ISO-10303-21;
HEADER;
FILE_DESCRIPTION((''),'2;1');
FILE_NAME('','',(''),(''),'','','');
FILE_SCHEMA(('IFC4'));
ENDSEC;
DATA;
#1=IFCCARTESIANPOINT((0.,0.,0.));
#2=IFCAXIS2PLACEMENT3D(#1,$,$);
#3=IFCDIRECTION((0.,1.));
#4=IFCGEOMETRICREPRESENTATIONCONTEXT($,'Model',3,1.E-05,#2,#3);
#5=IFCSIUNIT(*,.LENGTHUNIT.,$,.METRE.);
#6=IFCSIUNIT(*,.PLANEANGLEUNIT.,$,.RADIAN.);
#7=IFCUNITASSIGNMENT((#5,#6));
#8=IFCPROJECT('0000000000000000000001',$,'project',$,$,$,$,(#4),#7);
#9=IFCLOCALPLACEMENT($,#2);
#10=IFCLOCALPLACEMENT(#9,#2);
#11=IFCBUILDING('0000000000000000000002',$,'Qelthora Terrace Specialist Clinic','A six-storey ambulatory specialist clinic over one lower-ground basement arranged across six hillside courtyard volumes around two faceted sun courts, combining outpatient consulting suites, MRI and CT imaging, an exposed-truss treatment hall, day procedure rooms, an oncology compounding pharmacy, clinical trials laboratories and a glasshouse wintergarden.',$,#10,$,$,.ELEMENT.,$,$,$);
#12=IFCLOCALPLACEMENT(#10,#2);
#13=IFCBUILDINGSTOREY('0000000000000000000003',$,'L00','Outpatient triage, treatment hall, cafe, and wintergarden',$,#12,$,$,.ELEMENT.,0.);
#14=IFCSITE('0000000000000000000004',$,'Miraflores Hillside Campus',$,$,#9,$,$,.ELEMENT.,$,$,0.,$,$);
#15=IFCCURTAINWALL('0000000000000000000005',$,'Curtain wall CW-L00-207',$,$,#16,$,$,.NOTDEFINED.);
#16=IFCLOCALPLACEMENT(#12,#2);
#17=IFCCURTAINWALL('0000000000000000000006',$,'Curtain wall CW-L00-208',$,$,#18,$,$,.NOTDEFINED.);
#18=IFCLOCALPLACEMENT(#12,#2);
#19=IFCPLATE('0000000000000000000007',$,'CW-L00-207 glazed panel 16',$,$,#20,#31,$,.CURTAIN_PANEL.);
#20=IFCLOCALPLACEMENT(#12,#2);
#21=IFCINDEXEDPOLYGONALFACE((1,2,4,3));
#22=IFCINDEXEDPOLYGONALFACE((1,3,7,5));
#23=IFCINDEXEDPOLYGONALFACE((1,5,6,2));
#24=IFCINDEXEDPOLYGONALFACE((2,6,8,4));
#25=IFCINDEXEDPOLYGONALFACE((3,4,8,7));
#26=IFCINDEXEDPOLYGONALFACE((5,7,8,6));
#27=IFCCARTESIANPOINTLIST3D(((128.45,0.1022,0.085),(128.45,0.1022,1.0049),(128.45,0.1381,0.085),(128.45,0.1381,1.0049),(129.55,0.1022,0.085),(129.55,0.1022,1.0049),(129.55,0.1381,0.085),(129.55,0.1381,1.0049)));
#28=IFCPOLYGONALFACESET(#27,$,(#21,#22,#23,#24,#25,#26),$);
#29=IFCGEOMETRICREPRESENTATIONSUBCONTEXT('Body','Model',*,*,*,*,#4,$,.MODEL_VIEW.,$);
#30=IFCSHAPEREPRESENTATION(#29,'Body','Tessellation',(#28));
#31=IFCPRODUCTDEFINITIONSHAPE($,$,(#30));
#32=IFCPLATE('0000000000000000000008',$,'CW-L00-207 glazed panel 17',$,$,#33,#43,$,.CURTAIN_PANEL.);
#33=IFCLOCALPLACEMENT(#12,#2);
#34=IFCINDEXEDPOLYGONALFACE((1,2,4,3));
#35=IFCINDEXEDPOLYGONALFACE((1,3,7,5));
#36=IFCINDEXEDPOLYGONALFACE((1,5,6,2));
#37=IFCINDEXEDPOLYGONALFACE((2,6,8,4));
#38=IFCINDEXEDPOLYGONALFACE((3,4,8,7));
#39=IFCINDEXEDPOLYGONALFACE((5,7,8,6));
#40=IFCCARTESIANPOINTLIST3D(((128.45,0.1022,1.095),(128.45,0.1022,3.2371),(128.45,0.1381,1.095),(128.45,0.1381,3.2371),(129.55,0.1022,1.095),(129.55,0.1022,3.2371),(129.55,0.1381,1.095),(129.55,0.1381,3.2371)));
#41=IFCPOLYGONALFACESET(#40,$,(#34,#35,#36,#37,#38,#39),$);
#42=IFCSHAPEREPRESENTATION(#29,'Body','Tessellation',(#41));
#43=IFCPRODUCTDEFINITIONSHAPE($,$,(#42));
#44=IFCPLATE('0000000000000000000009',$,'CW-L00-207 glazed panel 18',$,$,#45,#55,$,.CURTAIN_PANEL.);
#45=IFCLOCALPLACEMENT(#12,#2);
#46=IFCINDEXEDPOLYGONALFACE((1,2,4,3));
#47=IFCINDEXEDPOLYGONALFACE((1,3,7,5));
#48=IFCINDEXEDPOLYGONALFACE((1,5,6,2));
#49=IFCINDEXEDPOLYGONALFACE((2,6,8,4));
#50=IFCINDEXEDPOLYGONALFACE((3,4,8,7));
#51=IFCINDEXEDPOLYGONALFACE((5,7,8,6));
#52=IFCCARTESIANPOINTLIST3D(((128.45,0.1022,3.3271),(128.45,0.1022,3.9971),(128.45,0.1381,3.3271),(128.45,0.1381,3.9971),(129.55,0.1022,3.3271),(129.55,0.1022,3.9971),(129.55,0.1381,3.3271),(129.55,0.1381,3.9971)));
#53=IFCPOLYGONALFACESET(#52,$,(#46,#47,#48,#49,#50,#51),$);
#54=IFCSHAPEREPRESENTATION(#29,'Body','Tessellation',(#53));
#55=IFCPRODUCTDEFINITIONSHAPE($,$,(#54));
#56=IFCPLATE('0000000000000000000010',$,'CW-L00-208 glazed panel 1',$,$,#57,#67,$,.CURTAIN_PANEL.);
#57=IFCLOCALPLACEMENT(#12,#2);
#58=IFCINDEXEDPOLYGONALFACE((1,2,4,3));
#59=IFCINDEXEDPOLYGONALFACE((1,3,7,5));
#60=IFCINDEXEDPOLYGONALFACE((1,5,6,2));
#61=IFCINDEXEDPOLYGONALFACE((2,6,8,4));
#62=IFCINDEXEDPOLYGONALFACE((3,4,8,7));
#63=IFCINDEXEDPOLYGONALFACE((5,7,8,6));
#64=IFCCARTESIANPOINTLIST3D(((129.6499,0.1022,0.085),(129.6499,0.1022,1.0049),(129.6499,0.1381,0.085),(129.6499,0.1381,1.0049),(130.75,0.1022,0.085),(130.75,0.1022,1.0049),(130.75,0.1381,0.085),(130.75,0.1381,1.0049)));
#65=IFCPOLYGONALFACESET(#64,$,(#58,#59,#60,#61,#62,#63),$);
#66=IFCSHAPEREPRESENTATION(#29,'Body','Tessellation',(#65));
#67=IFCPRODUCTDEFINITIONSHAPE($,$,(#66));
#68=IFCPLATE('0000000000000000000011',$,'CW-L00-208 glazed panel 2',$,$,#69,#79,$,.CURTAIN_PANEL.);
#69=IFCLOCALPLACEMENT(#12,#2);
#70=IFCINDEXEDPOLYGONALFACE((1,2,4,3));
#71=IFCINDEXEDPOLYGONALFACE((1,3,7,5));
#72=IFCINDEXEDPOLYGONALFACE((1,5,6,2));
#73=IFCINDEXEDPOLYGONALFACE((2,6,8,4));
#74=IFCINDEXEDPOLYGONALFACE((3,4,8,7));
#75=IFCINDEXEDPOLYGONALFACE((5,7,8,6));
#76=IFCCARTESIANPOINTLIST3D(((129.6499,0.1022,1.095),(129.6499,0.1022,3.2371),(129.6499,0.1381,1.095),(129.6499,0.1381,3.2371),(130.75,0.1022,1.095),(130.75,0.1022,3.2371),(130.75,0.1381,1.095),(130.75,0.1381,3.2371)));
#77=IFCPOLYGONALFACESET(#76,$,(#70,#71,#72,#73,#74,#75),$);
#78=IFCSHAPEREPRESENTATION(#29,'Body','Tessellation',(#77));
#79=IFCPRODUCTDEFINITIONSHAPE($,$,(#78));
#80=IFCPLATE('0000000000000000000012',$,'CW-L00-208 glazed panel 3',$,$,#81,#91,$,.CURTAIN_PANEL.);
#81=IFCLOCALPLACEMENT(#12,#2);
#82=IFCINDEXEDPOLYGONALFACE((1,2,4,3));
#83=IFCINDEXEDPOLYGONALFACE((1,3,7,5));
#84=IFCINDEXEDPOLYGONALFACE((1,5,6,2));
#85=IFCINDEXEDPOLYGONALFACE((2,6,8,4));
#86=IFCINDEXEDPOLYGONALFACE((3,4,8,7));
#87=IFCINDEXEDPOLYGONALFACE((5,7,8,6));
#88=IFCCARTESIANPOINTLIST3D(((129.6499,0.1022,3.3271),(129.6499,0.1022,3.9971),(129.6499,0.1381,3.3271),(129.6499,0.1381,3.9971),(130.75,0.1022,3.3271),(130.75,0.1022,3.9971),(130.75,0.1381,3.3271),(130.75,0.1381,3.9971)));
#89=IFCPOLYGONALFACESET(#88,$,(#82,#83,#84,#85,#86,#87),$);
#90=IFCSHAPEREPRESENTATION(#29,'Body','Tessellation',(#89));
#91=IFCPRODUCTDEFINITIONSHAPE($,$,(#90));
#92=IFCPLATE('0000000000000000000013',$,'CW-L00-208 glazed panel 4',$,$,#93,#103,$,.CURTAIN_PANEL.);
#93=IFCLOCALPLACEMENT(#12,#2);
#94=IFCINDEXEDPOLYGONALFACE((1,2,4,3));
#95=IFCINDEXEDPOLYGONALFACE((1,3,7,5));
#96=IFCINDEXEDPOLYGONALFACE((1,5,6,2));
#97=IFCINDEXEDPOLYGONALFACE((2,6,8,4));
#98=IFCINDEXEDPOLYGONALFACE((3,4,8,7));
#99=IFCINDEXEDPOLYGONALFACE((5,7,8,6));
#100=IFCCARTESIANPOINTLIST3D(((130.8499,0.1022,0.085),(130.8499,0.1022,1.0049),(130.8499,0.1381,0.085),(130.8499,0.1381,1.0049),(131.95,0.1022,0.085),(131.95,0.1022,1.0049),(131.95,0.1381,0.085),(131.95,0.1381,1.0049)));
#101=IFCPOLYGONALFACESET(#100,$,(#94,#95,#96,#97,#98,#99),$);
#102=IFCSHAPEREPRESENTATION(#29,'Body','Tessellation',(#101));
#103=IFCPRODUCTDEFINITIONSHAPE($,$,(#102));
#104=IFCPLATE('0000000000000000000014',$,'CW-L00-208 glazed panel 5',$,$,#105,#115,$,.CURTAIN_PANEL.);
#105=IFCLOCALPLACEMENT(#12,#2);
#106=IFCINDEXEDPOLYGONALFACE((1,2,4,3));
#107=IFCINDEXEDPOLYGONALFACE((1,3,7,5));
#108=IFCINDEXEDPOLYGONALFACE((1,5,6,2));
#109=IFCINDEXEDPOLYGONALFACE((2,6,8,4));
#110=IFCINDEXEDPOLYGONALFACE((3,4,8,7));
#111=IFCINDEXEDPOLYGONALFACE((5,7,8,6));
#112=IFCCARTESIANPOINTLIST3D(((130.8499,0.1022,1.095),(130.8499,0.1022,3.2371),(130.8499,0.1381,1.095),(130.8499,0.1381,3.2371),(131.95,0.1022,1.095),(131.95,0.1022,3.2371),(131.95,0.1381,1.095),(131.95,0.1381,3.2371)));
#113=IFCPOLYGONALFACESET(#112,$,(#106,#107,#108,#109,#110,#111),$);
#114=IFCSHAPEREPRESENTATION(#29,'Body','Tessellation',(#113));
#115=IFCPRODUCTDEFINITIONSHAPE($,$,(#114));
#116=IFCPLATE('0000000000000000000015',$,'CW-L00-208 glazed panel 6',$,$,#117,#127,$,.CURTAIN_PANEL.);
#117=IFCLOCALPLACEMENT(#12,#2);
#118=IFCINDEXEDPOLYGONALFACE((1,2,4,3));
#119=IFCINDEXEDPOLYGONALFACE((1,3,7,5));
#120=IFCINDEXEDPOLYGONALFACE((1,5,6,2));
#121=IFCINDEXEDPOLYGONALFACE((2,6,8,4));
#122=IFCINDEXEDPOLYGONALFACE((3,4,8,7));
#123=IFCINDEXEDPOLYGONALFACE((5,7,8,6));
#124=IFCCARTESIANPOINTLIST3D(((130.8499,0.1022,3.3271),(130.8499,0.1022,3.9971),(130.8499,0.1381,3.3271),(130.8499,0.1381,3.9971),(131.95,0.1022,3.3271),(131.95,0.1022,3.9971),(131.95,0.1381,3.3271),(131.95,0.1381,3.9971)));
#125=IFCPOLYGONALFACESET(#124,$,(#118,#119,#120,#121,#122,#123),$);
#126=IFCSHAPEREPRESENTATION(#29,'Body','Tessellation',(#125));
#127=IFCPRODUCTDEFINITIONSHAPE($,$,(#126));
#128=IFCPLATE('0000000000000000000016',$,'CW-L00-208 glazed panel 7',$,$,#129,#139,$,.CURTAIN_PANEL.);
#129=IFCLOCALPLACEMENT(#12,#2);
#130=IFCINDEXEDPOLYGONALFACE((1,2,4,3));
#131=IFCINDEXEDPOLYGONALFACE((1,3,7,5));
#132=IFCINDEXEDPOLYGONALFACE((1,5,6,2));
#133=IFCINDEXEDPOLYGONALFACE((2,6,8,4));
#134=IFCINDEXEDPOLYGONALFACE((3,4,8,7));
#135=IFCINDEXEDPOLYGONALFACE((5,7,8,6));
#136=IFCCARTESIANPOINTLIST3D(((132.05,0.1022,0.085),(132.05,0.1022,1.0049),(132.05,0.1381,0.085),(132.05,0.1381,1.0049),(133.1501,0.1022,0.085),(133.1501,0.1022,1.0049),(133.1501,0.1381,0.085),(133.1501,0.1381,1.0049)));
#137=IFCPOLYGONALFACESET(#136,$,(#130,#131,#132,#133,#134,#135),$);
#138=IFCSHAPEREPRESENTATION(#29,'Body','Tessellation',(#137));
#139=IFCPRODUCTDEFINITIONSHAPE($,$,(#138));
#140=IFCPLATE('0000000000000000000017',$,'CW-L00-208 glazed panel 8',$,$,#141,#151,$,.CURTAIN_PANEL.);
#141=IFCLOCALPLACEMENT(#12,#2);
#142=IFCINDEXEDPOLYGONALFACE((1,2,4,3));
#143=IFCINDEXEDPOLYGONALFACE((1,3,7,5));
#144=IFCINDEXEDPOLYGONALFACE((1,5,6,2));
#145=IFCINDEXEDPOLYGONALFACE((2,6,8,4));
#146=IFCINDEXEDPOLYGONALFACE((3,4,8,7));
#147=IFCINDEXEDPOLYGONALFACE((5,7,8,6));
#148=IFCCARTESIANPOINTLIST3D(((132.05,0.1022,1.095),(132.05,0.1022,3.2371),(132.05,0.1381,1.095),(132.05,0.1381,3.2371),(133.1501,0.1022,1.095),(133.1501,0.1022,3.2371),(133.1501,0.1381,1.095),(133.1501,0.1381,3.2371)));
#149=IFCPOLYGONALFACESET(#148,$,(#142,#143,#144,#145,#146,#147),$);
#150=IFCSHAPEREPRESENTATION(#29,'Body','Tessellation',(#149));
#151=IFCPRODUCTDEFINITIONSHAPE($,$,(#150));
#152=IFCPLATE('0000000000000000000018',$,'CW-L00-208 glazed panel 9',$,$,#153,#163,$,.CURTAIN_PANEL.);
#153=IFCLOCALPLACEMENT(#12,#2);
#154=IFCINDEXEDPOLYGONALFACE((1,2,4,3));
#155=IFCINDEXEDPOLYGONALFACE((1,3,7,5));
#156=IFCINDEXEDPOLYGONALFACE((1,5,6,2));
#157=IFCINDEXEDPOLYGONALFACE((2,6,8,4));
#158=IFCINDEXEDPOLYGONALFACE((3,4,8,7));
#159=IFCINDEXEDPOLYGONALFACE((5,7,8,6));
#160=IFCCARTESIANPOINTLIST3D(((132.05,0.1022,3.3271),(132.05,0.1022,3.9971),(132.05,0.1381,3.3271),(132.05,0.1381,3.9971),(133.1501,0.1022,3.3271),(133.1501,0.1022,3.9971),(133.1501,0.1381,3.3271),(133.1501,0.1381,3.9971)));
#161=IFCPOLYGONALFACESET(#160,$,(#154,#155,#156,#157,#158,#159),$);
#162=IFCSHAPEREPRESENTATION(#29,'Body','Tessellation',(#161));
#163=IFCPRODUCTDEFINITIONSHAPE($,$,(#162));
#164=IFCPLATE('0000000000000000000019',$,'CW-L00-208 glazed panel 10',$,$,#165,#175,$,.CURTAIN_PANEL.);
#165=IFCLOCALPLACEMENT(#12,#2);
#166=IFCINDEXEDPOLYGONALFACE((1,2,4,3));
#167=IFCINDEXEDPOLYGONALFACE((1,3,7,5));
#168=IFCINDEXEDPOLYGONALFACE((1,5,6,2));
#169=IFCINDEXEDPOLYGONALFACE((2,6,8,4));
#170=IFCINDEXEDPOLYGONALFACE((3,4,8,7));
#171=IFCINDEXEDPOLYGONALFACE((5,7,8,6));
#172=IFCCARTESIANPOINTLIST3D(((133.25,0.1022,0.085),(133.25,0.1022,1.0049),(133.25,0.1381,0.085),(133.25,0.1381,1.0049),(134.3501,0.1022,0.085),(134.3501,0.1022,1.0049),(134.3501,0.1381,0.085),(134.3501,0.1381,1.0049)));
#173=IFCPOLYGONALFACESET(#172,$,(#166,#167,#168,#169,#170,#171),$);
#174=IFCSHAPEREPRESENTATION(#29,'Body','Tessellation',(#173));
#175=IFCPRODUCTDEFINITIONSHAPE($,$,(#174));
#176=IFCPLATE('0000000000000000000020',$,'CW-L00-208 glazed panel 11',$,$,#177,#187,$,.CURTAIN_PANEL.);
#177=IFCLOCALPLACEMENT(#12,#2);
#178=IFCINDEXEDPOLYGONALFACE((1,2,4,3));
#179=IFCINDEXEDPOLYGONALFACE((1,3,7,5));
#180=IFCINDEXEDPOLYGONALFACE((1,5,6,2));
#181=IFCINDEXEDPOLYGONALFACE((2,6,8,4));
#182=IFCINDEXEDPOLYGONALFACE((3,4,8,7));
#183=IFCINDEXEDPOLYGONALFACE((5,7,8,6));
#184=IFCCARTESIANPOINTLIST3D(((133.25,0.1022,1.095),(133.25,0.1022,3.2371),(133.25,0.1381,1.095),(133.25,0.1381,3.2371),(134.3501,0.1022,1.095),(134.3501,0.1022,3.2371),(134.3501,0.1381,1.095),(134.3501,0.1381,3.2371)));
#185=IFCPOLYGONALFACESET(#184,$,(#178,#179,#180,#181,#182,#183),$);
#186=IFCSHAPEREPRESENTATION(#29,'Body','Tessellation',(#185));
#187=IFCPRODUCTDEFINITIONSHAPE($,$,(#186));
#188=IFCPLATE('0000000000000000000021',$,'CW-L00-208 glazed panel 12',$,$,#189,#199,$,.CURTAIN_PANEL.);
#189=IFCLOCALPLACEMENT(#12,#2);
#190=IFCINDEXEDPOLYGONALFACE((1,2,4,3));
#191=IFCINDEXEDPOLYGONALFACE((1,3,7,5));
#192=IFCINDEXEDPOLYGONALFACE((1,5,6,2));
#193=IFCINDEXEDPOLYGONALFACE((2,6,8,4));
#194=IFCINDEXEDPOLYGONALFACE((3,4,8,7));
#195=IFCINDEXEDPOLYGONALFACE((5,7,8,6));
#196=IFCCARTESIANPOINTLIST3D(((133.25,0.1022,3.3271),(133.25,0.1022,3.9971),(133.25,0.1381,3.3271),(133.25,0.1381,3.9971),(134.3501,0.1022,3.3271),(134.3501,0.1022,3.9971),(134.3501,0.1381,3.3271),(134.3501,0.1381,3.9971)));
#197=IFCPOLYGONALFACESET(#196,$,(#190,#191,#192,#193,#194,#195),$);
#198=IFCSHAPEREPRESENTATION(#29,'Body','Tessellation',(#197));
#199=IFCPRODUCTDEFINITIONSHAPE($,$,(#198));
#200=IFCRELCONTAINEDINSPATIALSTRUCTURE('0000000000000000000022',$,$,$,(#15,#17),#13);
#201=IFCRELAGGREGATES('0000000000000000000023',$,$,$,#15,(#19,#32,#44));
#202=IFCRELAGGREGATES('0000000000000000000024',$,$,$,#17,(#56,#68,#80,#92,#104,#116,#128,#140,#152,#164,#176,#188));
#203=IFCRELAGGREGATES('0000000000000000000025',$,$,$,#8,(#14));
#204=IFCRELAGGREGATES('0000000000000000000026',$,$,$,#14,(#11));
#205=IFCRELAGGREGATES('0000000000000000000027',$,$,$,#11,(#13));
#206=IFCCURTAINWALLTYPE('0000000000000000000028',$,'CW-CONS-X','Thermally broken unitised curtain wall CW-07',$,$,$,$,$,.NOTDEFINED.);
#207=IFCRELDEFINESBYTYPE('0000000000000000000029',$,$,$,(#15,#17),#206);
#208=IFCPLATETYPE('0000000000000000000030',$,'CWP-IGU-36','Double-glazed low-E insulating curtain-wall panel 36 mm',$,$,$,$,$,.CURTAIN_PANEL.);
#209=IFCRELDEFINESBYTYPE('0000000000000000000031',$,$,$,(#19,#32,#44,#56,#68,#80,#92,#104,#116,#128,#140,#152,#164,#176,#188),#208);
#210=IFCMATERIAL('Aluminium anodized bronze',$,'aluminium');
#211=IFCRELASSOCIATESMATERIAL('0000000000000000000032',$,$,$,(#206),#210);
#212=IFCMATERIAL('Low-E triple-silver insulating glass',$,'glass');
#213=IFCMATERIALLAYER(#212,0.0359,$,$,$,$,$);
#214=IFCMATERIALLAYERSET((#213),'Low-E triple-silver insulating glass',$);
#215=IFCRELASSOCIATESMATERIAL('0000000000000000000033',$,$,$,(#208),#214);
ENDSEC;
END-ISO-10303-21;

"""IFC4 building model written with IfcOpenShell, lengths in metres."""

from ifc_helpers import new_model, si_unit, direction, frame, origin, origin_2d, place, context, subcontext, project, spatial, rectangle, extrude, material, layer, layer_set, type_object, element, aggregate, save


model = new_model("IFC4")

# Units and contexts
model_context = context("Model", 3, precision=1e-05, world=origin(), true_north=direction((0.0, 1.0)))
body_context = subcontext(model_context, "Body", "Model", "MODEL_VIEW")
ifc_project = project(units=[si_unit("LENGTHUNIT", "METRE"), si_unit("PLANEANGLEUNIT", "RADIAN")], contexts=[model_context])

# Site, building, storey
site_placement = place(None, origin())
site = spatial("IfcSite", under=ifc_project, at=site_placement, Name="Miraflores Hillside Campus", CompositionType="ELEMENT", RefElevation=0.0)
building_placement = place(site_placement, origin())
building = spatial("IfcBuilding", under=site, at=building_placement, Name="Qelthora Terrace Specialist Clinic", Description="A six-storey ambulatory specialist clinic over one lower-ground basement arranged across six hillside courtyard volumes around two faceted sun courts, combining outpatient consulting suites, MRI and CT imaging, an exposed-truss treatment hall, day procedure rooms, an oncology compounding pharmacy, clinical trials laboratories and a glasshouse wintergarden.", CompositionType="ELEMENT")
storey_placement = place(building_placement, origin())
storey = spatial("IfcBuildingStorey", under=building, at=storey_placement, Name="L00", Description="Outpatient triage, treatment hall, cafe, and wintergarden", CompositionType="ELEMENT", Elevation=0.0)

# Curtain walls
ifc_material_1 = material(Name="Aluminium anodized bronze", Category="aluminium")
curtain_wall_type = type_object("IfcCurtainWallType", Name="CW-CONS-X", Description="Thermally broken unitised curtain wall CW-07", PredefinedType="NOTDEFINED", material=ifc_material_1)
curtain_wall_1_placement = place(storey_placement, origin())
curtain_wall_1 = element("IfcCurtainWall", 1, at=curtain_wall_1_placement, inside=storey, type_object=curtain_wall_type, Name="Curtain wall CW-L00-207", PredefinedType="NOTDEFINED")
curtain_wall_2_placement = place(storey_placement, origin())
curtain_wall_2 = element("IfcCurtainWall", 2, at=curtain_wall_2_placement, inside=storey, type_object=curtain_wall_type, Name="Curtain wall CW-L00-208", PredefinedType="NOTDEFINED")

# Plates
ifc_material_2 = material(Name="Low-E triple-silver insulating glass", Category="glass")
ifc_layer_1 = layer(ifc_material_2, 0.0359)
ifc_layer_set_1 = layer_set([ifc_layer_1], Name="Low-E triple-silver insulating glass")
plate_type_1 = type_object("IfcPlateType", Name="CWP-IGU-36", Description="Double-glazed low-E insulating curtain-wall panel 36 mm", PredefinedType="CURTAIN_PANEL", material=ifc_layer_set_1)
plate_1_placement = place(storey_placement, frame((129.0, 0.1201, 0.085), z_axis=(0.0, 0.0, 1.0), x_axis=(1.0, 0.0, 0.0)))
plate_1 = element("IfcPlate", 3, at=plate_1_placement, type_object=plate_type_1, Name="CW-L00-207 glazed panel 16", PredefinedType="CURTAIN_PANEL", context=body_context, shape_type="SweptSolid", body=[
    extrude(rectangle(XDim=1.1001, YDim=0.0359, at=origin_2d()), origin(), (0.0, 0.0, 1.0), 0.9199),
])
plate_2_placement = place(storey_placement, frame((129.0, 0.1201, 1.095), z_axis=(0.0, 0.0, 1.0), x_axis=(1.0, 0.0, 0.0)))
plate_2 = element("IfcPlate", 4, at=plate_2_placement, type_object=plate_type_1, Name="CW-L00-207 glazed panel 17", PredefinedType="CURTAIN_PANEL", context=body_context, shape_type="SweptSolid", body=[
    extrude(rectangle(XDim=1.1001, YDim=0.0359, at=origin_2d()), origin(), (0.0, 0.0, 1.0), 2.1421),
])
plate_3_placement = place(storey_placement, frame((129.0, 0.1201, 3.3271), z_axis=(0.0, 0.0, 1.0), x_axis=(1.0, 0.0, 0.0)))
plate_3 = element("IfcPlate", 5, at=plate_3_placement, type_object=plate_type_1, Name="CW-L00-207 glazed panel 18", PredefinedType="CURTAIN_PANEL", context=body_context, shape_type="SweptSolid", body=[
    extrude(rectangle(XDim=1.1001, YDim=0.0359, at=origin_2d()), origin(), (0.0, 0.0, 1.0), 0.6699),
])
aggregate(curtain_wall_1, [plate_1, plate_2, plate_3])
plate_4_placement = place(storey_placement, frame((130.2, 0.1201, 0.085), z_axis=(0.0, 0.0, 1.0), x_axis=(1.0, 0.0, 0.0)))
plate_4 = element("IfcPlate", 6, at=plate_4_placement, type_object=plate_type_1, Name="CW-L00-208 glazed panel 1", PredefinedType="CURTAIN_PANEL", context=body_context, shape_type="SweptSolid", body=[
    extrude(rectangle(XDim=1.1001, YDim=0.0359, at=origin_2d()), origin(), (0.0, 0.0, 1.0), 0.9199),
])
plate_5_placement = place(storey_placement, frame((130.2, 0.1201, 1.095), z_axis=(0.0, 0.0, 1.0), x_axis=(1.0, 0.0, 0.0)))
plate_5 = element("IfcPlate", 7, at=plate_5_placement, type_object=plate_type_1, Name="CW-L00-208 glazed panel 2", PredefinedType="CURTAIN_PANEL", context=body_context, shape_type="SweptSolid", body=[
    extrude(rectangle(XDim=1.1001, YDim=0.0359, at=origin_2d()), origin(), (0.0, 0.0, 1.0), 2.1421),
])
plate_6_placement = place(storey_placement, frame((130.2, 0.1201, 3.3271), z_axis=(0.0, 0.0, 1.0), x_axis=(1.0, 0.0, 0.0)))
plate_6 = element("IfcPlate", 8, at=plate_6_placement, type_object=plate_type_1, Name="CW-L00-208 glazed panel 3", PredefinedType="CURTAIN_PANEL", context=body_context, shape_type="SweptSolid", body=[
    extrude(rectangle(XDim=1.1001, YDim=0.0359, at=origin_2d()), origin(), (0.0, 0.0, 1.0), 0.6699),
])
plate_7_placement = place(storey_placement, frame((131.3999, 0.1201, 0.085), z_axis=(0.0, 0.0, 1.0), x_axis=(1.0, 0.0, 0.0)))
plate_7 = element("IfcPlate", 9, at=plate_7_placement, type_object=plate_type_1, Name="CW-L00-208 glazed panel 4", PredefinedType="CURTAIN_PANEL", context=body_context, shape_type="SweptSolid", body=[
    extrude(rectangle(XDim=1.1001, YDim=0.0359, at=origin_2d()), origin(), (0.0, 0.0, 1.0), 0.9199),
])
plate_8_placement = place(storey_placement, frame((131.3999, 0.1201, 1.095), z_axis=(0.0, 0.0, 1.0), x_axis=(1.0, 0.0, 0.0)))
plate_8 = element("IfcPlate", 10, at=plate_8_placement, type_object=plate_type_1, Name="CW-L00-208 glazed panel 5", PredefinedType="CURTAIN_PANEL", context=body_context, shape_type="SweptSolid", body=[
    extrude(rectangle(XDim=1.1001, YDim=0.0359, at=origin_2d()), origin(), (0.0, 0.0, 1.0), 2.1421),
])
plate_9_placement = place(storey_placement, frame((131.3999, 0.1201, 3.3271), z_axis=(0.0, 0.0, 1.0), x_axis=(1.0, 0.0, 0.0)))
plate_9 = element("IfcPlate", 11, at=plate_9_placement, type_object=plate_type_1, Name="CW-L00-208 glazed panel 6", PredefinedType="CURTAIN_PANEL", context=body_context, shape_type="SweptSolid", body=[
    extrude(rectangle(XDim=1.1001, YDim=0.0359, at=origin_2d()), origin(), (0.0, 0.0, 1.0), 0.6699),
])
plate_10_placement = place(storey_placement, frame((132.6001, 0.1201, 0.085), z_axis=(0.0, 0.0, 1.0), x_axis=(1.0, 0.0, 0.0)))
plate_10 = element("IfcPlate", 12, at=plate_10_placement, type_object=plate_type_1, Name="CW-L00-208 glazed panel 7", PredefinedType="CURTAIN_PANEL", context=body_context, shape_type="SweptSolid", body=[
    extrude(rectangle(XDim=1.1001, YDim=0.0359, at=origin_2d()), origin(), (0.0, 0.0, 1.0), 0.9199),
])
plate_11_placement = place(storey_placement, frame((132.6001, 0.1201, 1.095), z_axis=(0.0, 0.0, 1.0), x_axis=(1.0, 0.0, 0.0)))
plate_11 = element("IfcPlate", 13, at=plate_11_placement, type_object=plate_type_1, Name="CW-L00-208 glazed panel 8", PredefinedType="CURTAIN_PANEL", context=body_context, shape_type="SweptSolid", body=[
    extrude(rectangle(XDim=1.1001, YDim=0.0359, at=origin_2d()), origin(), (0.0, 0.0, 1.0), 2.1421),
])
plate_12_placement = place(storey_placement, frame((132.6001, 0.1201, 3.3271), z_axis=(0.0, 0.0, 1.0), x_axis=(1.0, 0.0, 0.0)))
plate_12 = element("IfcPlate", 14, at=plate_12_placement, type_object=plate_type_1, Name="CW-L00-208 glazed panel 9", PredefinedType="CURTAIN_PANEL", context=body_context, shape_type="SweptSolid", body=[
    extrude(rectangle(XDim=1.1001, YDim=0.0359, at=origin_2d()), origin(), (0.0, 0.0, 1.0), 0.6699),
])
plate_13_placement = place(storey_placement, frame((133.8, 0.1201, 0.085), z_axis=(0.0, 0.0, 1.0), x_axis=(1.0, 0.0, 0.0)))
plate_13 = element("IfcPlate", 15, at=plate_13_placement, type_object=plate_type_1, Name="CW-L00-208 glazed panel 10", PredefinedType="CURTAIN_PANEL", context=body_context, shape_type="SweptSolid", body=[
    extrude(rectangle(XDim=1.1001, YDim=0.0359, at=origin_2d()), origin(), (0.0, 0.0, 1.0), 0.9199),
])
plate_14_placement = place(storey_placement, frame((133.8, 0.1201, 1.095), z_axis=(0.0, 0.0, 1.0), x_axis=(1.0, 0.0, 0.0)))
plate_14 = element("IfcPlate", 16, at=plate_14_placement, type_object=plate_type_1, Name="CW-L00-208 glazed panel 11", PredefinedType="CURTAIN_PANEL", context=body_context, shape_type="SweptSolid", body=[
    extrude(rectangle(XDim=1.1001, YDim=0.0359, at=origin_2d()), origin(), (0.0, 0.0, 1.0), 2.1421),
])
plate_15_placement = place(storey_placement, frame((133.8, 0.1201, 3.3271), z_axis=(0.0, 0.0, 1.0), x_axis=(1.0, 0.0, 0.0)))
plate_15 = element("IfcPlate", 17, at=plate_15_placement, type_object=plate_type_1, Name="CW-L00-208 glazed panel 12", PredefinedType="CURTAIN_PANEL", context=body_context, shape_type="SweptSolid", body=[
    extrude(rectangle(XDim=1.1001, YDim=0.0359, at=origin_2d()), origin(), (0.0, 0.0, 1.0), 0.6699),
])
aggregate(curtain_wall_2, [plate_4, plate_5, plate_6, plate_7, plate_8, plate_9, plate_10, plate_11, plate_12, plate_13, plate_14, plate_15])

save(model, "model.ifc")
